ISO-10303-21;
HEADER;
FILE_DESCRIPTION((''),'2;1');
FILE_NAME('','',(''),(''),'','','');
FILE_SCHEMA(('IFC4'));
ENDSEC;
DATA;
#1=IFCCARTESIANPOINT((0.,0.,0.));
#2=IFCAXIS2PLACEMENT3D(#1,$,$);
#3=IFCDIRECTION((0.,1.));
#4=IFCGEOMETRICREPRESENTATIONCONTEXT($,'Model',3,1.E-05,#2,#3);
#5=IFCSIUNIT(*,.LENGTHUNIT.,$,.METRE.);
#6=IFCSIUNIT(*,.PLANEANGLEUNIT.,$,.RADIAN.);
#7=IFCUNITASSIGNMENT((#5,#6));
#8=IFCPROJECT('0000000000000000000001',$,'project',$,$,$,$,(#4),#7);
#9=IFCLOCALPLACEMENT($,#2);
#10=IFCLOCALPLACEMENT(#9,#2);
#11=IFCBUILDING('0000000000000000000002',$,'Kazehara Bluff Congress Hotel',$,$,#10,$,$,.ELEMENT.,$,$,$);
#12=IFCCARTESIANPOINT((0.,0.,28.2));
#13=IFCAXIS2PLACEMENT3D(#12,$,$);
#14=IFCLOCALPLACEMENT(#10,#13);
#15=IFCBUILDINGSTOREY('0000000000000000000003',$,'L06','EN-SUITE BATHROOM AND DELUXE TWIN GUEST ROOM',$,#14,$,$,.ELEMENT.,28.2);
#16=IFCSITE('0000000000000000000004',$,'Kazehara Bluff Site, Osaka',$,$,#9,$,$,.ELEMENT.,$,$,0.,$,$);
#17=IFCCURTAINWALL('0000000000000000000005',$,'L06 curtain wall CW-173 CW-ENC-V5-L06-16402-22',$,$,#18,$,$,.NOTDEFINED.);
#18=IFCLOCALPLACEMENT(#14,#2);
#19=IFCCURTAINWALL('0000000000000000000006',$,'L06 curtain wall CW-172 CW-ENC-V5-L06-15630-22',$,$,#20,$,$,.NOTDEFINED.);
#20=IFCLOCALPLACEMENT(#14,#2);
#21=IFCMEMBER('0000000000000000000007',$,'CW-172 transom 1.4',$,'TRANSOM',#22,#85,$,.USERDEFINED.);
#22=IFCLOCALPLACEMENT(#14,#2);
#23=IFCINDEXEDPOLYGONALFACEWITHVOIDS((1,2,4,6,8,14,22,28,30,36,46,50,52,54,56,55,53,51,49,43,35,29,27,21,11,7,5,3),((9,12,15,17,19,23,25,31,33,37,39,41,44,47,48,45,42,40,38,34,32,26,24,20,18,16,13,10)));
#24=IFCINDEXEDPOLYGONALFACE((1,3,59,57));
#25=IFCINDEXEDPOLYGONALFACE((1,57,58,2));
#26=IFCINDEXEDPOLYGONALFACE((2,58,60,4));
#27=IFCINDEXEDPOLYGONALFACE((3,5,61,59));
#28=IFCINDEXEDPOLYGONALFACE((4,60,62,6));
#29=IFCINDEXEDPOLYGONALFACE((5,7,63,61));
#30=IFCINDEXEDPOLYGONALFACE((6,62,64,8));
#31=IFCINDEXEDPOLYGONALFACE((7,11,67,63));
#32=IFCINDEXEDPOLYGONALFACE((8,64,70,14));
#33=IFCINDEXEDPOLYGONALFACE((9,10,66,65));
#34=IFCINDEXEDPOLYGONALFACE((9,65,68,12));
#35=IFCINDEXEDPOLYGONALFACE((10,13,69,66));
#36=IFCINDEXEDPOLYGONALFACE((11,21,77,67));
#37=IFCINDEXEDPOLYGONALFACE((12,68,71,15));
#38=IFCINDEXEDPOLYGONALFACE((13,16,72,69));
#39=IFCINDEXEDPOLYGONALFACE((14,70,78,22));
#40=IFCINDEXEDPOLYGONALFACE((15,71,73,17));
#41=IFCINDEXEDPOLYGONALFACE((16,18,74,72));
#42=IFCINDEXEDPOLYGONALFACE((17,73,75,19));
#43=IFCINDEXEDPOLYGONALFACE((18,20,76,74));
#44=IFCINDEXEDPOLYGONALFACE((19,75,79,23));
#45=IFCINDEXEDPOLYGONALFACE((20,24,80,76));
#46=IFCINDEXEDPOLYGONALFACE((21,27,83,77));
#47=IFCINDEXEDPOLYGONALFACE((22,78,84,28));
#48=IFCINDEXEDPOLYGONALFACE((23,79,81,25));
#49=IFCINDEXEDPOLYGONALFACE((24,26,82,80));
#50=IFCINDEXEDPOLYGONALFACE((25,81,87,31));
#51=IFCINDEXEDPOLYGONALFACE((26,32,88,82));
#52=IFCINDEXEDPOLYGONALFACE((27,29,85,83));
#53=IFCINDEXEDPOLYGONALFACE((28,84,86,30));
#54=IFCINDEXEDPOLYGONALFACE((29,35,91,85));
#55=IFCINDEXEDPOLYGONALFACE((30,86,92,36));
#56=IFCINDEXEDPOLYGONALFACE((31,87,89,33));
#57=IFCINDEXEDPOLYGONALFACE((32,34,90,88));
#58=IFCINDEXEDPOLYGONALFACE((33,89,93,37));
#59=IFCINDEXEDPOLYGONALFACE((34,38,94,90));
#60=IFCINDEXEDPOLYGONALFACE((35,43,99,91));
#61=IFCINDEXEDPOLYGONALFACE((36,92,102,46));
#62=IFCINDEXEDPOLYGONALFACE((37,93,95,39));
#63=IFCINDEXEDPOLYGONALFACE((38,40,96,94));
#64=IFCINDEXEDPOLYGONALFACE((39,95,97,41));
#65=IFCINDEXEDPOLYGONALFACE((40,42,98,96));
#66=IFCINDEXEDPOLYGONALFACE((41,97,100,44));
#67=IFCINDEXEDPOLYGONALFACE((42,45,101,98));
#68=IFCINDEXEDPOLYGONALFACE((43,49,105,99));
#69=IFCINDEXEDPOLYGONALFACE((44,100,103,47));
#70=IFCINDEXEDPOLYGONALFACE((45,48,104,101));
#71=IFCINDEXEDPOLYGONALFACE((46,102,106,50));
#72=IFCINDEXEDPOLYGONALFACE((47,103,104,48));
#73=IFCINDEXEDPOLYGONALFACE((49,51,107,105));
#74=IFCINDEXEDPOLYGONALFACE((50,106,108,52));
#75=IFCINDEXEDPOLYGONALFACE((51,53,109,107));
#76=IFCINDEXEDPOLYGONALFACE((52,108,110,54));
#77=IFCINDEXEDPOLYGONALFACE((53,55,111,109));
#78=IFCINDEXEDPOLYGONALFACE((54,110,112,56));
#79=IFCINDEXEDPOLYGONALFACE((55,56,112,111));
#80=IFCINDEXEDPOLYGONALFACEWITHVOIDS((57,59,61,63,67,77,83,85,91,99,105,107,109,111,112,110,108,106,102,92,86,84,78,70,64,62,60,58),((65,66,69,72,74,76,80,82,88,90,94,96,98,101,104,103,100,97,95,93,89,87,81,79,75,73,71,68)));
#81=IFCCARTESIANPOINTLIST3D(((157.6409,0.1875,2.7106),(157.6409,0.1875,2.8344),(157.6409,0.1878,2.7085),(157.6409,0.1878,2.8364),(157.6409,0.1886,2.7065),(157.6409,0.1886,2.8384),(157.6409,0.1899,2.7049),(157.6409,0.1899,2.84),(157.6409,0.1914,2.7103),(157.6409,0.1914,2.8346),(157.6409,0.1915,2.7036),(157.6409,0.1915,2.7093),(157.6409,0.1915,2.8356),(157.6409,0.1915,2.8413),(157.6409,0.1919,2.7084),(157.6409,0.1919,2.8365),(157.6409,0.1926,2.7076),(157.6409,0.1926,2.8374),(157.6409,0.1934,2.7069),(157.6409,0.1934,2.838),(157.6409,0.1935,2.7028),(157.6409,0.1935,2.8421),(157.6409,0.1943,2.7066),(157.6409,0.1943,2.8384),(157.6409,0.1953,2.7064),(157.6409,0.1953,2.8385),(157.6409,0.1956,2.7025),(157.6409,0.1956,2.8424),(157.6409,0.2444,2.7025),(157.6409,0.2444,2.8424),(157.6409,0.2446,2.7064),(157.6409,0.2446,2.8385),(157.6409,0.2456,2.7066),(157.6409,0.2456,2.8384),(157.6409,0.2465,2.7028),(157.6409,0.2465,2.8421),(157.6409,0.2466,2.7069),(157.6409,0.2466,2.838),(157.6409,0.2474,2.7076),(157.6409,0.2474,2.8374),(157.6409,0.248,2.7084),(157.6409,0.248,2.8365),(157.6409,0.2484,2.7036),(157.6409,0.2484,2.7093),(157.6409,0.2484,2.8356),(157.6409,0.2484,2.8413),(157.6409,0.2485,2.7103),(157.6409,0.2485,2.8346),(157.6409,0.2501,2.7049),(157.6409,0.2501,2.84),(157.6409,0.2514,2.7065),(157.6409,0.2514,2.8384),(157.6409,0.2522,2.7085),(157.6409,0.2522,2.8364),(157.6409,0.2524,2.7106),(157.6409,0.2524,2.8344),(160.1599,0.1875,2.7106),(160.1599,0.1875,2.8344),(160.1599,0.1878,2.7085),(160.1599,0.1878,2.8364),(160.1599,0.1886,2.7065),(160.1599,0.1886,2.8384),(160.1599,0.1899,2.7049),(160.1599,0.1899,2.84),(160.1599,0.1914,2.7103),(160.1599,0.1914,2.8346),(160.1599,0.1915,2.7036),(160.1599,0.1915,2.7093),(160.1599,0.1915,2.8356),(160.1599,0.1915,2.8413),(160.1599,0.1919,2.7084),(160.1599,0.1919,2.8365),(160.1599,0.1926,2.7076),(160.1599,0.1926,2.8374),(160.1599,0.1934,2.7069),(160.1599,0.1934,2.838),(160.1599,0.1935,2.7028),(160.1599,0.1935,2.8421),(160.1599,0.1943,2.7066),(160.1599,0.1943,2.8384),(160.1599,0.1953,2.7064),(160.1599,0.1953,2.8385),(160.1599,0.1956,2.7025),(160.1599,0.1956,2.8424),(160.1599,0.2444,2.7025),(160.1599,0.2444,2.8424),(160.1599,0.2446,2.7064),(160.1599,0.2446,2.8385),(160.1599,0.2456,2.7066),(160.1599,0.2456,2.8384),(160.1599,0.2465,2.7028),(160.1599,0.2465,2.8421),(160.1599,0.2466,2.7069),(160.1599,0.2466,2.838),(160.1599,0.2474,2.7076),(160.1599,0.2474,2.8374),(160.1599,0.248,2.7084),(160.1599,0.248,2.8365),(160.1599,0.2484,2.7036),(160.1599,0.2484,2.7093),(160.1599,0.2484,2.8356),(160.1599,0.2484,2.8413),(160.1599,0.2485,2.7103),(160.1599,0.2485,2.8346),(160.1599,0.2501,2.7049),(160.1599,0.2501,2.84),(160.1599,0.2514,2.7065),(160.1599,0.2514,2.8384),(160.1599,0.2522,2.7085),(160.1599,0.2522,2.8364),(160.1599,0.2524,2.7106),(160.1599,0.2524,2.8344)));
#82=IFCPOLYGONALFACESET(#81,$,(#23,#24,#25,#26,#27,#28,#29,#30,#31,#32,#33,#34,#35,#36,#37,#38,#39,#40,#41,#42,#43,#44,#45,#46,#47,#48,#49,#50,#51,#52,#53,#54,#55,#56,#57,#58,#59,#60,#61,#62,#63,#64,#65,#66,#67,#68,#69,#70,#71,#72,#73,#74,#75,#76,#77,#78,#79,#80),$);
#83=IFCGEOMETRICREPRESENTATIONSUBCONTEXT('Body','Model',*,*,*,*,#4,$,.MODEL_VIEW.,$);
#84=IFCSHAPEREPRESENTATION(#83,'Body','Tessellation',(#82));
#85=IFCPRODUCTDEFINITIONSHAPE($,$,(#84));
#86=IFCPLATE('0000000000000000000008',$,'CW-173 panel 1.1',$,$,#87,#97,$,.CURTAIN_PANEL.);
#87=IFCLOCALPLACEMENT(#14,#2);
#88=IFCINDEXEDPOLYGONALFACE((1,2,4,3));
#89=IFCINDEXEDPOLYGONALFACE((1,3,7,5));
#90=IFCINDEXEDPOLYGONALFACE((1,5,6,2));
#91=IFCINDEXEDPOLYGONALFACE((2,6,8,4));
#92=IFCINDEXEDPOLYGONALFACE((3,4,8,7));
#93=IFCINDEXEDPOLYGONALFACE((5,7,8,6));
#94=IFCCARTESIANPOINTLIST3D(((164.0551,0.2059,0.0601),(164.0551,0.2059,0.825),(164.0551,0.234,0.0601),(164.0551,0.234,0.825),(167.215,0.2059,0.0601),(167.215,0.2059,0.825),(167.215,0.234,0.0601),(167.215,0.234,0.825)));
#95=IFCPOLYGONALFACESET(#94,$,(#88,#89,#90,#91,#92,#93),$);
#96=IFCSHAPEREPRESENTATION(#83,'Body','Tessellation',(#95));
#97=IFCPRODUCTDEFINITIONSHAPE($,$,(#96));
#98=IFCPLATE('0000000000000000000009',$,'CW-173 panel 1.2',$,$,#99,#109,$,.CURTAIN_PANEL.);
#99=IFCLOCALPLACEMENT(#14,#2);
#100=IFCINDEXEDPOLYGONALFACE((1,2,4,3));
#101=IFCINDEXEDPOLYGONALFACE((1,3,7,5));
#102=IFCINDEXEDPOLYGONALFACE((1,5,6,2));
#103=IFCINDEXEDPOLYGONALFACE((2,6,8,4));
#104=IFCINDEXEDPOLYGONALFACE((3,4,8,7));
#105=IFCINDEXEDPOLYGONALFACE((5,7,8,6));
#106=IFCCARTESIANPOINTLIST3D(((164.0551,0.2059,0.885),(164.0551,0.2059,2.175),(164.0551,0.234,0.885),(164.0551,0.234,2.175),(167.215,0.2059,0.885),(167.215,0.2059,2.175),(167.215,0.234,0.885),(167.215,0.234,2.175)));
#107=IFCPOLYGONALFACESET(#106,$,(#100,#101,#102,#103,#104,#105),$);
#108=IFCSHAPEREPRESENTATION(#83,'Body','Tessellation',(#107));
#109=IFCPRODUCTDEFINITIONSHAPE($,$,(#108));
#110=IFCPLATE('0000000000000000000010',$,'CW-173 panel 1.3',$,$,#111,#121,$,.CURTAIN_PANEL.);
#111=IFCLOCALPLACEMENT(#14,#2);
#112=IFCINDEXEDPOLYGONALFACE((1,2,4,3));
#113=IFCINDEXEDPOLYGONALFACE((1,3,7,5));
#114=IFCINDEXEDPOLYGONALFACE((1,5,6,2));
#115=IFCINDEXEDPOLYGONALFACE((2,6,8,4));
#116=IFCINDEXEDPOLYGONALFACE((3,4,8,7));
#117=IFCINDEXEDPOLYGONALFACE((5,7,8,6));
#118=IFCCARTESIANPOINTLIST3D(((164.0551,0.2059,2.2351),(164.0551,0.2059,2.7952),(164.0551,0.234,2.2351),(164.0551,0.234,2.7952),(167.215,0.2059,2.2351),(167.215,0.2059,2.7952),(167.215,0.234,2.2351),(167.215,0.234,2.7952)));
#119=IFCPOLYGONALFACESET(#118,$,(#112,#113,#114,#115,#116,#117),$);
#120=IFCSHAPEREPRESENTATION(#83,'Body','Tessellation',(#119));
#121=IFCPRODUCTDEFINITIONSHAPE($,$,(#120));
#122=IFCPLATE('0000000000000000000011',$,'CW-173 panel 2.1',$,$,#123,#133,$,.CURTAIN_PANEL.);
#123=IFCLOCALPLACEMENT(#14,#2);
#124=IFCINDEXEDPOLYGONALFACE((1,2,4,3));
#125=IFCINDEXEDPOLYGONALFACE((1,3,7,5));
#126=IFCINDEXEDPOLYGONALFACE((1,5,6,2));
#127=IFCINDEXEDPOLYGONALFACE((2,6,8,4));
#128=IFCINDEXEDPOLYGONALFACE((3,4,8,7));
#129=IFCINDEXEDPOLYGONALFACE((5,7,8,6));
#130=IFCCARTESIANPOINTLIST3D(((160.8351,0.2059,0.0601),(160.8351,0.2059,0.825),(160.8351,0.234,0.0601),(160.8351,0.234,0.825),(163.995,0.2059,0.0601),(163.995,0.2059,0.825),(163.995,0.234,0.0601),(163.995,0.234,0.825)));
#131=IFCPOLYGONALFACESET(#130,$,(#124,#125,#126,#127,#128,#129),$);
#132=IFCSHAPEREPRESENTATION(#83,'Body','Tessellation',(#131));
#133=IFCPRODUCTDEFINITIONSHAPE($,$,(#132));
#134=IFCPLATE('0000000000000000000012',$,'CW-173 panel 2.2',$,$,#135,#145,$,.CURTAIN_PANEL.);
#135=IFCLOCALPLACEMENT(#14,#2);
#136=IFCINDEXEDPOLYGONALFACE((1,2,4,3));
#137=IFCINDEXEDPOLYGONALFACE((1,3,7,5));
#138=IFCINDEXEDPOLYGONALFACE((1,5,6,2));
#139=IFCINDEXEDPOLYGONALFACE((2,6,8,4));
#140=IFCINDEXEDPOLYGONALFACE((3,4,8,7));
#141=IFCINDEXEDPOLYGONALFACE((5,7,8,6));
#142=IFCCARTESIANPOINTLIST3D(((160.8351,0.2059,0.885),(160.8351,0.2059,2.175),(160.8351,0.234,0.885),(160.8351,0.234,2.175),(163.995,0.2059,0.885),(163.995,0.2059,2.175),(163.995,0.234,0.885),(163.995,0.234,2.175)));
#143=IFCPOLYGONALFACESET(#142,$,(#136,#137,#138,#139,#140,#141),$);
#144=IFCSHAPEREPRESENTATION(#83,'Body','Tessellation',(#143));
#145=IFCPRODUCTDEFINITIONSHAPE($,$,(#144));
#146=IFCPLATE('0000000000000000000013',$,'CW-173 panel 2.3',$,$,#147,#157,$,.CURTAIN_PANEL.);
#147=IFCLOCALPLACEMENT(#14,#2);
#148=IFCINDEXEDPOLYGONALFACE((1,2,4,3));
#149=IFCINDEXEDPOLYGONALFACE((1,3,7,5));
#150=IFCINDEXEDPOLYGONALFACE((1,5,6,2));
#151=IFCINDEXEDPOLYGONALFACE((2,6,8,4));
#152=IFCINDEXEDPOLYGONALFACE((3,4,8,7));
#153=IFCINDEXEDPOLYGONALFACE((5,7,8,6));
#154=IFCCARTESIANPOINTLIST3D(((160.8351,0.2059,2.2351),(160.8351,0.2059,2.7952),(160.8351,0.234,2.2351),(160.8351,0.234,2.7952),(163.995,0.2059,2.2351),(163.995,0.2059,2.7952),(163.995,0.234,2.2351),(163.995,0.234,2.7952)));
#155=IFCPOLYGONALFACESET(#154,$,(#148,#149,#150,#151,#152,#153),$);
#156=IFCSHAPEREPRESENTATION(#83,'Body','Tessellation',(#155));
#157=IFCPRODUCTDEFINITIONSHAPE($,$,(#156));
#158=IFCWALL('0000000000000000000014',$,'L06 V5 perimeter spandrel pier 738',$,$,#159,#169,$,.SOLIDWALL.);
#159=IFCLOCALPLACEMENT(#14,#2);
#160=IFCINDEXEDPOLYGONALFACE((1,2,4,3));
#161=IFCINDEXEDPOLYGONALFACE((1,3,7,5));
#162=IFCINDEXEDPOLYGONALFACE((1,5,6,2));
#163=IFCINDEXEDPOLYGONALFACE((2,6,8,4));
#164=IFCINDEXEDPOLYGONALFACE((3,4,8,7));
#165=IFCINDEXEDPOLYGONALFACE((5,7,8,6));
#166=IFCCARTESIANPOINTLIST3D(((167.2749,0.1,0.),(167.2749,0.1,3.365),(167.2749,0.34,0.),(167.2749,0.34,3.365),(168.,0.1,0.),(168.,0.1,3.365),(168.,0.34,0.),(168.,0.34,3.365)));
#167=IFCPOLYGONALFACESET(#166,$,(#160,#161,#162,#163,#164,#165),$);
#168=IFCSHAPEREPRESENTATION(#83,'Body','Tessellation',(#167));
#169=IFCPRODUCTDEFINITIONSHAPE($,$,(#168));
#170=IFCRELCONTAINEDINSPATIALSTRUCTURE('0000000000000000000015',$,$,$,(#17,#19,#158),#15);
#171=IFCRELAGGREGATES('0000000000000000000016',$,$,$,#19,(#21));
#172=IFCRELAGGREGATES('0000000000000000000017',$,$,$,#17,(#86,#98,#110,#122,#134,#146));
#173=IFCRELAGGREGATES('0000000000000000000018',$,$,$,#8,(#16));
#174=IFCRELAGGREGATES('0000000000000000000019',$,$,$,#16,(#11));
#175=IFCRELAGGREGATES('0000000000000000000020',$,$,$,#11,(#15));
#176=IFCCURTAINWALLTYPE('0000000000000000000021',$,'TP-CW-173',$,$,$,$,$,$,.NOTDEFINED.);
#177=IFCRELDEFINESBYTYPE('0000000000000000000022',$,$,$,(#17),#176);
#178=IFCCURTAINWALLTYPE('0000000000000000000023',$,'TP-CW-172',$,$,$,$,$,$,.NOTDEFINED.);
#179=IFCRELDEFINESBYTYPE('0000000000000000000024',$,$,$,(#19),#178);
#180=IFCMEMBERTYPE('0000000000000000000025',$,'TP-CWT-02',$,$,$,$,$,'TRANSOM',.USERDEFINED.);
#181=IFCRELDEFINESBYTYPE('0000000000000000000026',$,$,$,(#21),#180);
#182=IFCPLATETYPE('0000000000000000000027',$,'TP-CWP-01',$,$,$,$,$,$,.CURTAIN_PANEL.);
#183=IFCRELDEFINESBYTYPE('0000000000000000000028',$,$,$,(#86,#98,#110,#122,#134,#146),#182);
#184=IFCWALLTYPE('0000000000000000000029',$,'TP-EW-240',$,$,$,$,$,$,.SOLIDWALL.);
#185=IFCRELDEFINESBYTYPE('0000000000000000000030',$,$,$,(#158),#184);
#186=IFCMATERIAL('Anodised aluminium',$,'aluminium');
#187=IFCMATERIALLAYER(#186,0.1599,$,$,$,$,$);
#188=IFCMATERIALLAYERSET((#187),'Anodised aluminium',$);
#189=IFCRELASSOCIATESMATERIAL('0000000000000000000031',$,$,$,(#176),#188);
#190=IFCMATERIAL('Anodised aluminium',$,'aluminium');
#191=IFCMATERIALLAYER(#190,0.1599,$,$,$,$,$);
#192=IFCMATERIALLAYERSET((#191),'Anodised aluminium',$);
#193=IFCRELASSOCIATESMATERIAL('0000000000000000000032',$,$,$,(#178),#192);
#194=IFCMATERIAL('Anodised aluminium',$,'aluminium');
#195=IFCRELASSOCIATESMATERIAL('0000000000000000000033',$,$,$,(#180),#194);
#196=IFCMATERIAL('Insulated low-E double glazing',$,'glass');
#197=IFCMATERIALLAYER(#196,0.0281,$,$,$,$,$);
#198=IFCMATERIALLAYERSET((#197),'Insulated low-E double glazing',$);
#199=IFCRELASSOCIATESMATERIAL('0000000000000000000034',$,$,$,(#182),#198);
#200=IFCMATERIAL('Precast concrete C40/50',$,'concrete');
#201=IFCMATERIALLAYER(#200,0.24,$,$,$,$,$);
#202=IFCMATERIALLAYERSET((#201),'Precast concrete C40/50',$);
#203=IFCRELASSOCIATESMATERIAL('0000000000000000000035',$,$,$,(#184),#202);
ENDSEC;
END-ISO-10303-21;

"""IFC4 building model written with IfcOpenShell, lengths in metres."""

from ifc_helpers import new_model, si_unit, direction, frame, frame_2d, origin, origin_2d, place, context, subcontext, project, spatial, rectangle, hollow_rectangle, extrude, material, layer, layer_set, material_profile, profile_set, type_object, element, aggregate, save


model = new_model("IFC4")

# Units and contexts
model_context = context("Model", 3, precision=1e-05, world=origin(), true_north=direction((0.0, 1.0)))
body_context = subcontext(model_context, "Body", "Model", "MODEL_VIEW")
ifc_project = project(units=[si_unit("LENGTHUNIT", "METRE"), si_unit("PLANEANGLEUNIT", "RADIAN")], contexts=[model_context])

# Site, building, storey
site_placement = place(None, origin())
site = spatial("IfcSite", under=ifc_project, at=site_placement, Name="Kazehara Bluff Site, Osaka", CompositionType="ELEMENT", RefElevation=0.0)
building_placement = place(site_placement, origin())
building = spatial("IfcBuilding", under=site, at=building_placement, Name="Kazehara Bluff Congress Hotel", CompositionType="ELEMENT")
storey_placement = place(building_placement, frame((0.0, 0.0, 28.2)))
storey = spatial("IfcBuildingStorey", under=building, at=storey_placement, Name="L06", Description="EN-SUITE BATHROOM AND DELUXE TWIN GUEST ROOM", CompositionType="ELEMENT", Elevation=28.2)

# Curtain wall
ifc_material_1 = material(Name="Anodised aluminium", Category="aluminium")
ifc_layer_1 = layer(ifc_material_1, 0.1599)
ifc_layer_set_1 = layer_set([ifc_layer_1], Name="Anodised aluminium")
curtain_wall_type_1 = type_object("IfcCurtainWallType", Name="TP-CW-173", PredefinedType="NOTDEFINED", material=ifc_layer_set_1)
curtain_wall_1_placement = place(storey_placement, origin())
curtain_wall_1 = element("IfcCurtainWall", 1, at=curtain_wall_1_placement, inside=storey, type_object=curtain_wall_type_1, Name="L06 curtain wall CW-173 CW-ENC-V5-L06-16402-22", PredefinedType="NOTDEFINED")

# Curtain wall
ifc_material_2 = material(Name="Anodised aluminium", Category="aluminium")
ifc_layer_2 = layer(ifc_material_2, 0.1599)
ifc_layer_set_2 = layer_set([ifc_layer_2], Name="Anodised aluminium")
curtain_wall_type_2 = type_object("IfcCurtainWallType", Name="TP-CW-172", PredefinedType="NOTDEFINED", material=ifc_layer_set_2)
curtain_wall_2_placement = place(storey_placement, origin())
curtain_wall_2 = element("IfcCurtainWall", 2, at=curtain_wall_2_placement, inside=storey, type_object=curtain_wall_type_2, Name="L06 curtain wall CW-172 CW-ENC-V5-L06-15630-22", PredefinedType="NOTDEFINED")

# Member
ifc_material_3 = material(Name="Anodised aluminium", Category="aluminium")
ifc_material_profile_1 = material_profile(ifc_material_3, hollow_rectangle(XDim=0.0649, YDim=0.1399, WallThickness=0.0039, InnerFilletRadius=0.0039, OuterFilletRadius=0.0081, at=origin_2d()))
ifc_profile_set_1 = profile_set([ifc_material_profile_1], Name="Anodised aluminium")
member_type_1 = type_object("IfcMemberType", Name="TP-CWT-02", ElementType="TRANSOM", PredefinedType="USERDEFINED", material=ifc_profile_set_1)
member_1_placement = place(storey_placement, frame((160.1599, 0.22, 2.7725), z_axis=(-1.0, 0.0, 0.0), x_axis=(0.0, -1.0, 0.0)))
member_1 = element("IfcMember", 3, at=member_1_placement, type_object=member_type_1, Name="CW-172 transom 1.4", ObjectType="TRANSOM", PredefinedType="USERDEFINED", context=body_context, shape_type="SweptSolid", body=[
    extrude(hollow_rectangle(XDim=0.0649, YDim=0.1399, WallThickness=0.0039, InnerFilletRadius=0.0039, OuterFilletRadius=0.0081, at=origin_2d()), origin(), (0.0, 0.0, 1.0), 2.519),
])
aggregate(curtain_wall_2, [member_1])

# Plates
ifc_material_4 = material(Name="Insulated low-E double glazing", Category="glass")
ifc_layer_3 = layer(ifc_material_4, 0.0281)
ifc_layer_set_3 = layer_set([ifc_layer_3], Name="Insulated low-E double glazing")
plate_type = type_object("IfcPlateType", Name="TP-CWP-01", PredefinedType="CURTAIN_PANEL", material=ifc_layer_set_3)
plate_1_placement = place(storey_placement, frame((165.635, 0.22, 0.0601), z_axis=(0.0, 0.0, 1.0), x_axis=(-1.0, 0.0, 0.0)))
plate_1 = element("IfcPlate", 4, at=plate_1_placement, type_object=plate_type, Name="CW-173 panel 1.1", PredefinedType="CURTAIN_PANEL", context=body_context, shape_type="SweptSolid", body=[
    extrude(rectangle(XDim=3.1599, YDim=0.0281, at=origin_2d()), origin(), (0.0, 0.0, 1.0), 0.7649),
])
plate_2_placement = place(storey_placement, frame((165.635, 0.22, 0.885), z_axis=(0.0, 0.0, 1.0), x_axis=(-1.0, 0.0, 0.0)))
plate_2 = element("IfcPlate", 5, at=plate_2_placement, type_object=plate_type, Name="CW-173 panel 1.2", PredefinedType="CURTAIN_PANEL", context=body_context, shape_type="SweptSolid", body=[
    extrude(rectangle(XDim=3.1599, YDim=0.0281, at=origin_2d()), origin(), (0.0, 0.0, 1.0), 1.29),
])
plate_3_placement = place(storey_placement, frame((165.635, 0.22, 2.2351), z_axis=(0.0, 0.0, 1.0), x_axis=(-1.0, 0.0, 0.0)))
plate_3 = element("IfcPlate", 6, at=plate_3_placement, type_object=plate_type, Name="CW-173 panel 1.3", PredefinedType="CURTAIN_PANEL", context=body_context, shape_type="SweptSolid", body=[
    extrude(rectangle(XDim=3.1599, YDim=0.0281, at=origin_2d()), origin(), (0.0, 0.0, 1.0), 0.5601),
])
plate_4_placement = place(storey_placement, frame((162.415, 0.22, 0.0601), z_axis=(0.0, 0.0, 1.0), x_axis=(-1.0, 0.0, 0.0)))
plate_4 = element("IfcPlate", 7, at=plate_4_placement, type_object=plate_type, Name="CW-173 panel 2.1", PredefinedType="CURTAIN_PANEL", context=body_context, shape_type="SweptSolid", body=[
    extrude(rectangle(XDim=3.1599, YDim=0.0281, at=origin_2d()), origin(), (0.0, 0.0, 1.0), 0.7649),
])
plate_5_placement = place(storey_placement, frame((162.415, 0.22, 0.885), z_axis=(0.0, 0.0, 1.0), x_axis=(-1.0, 0.0, 0.0)))
plate_5 = element("IfcPlate", 8, at=plate_5_placement, type_object=plate_type, Name="CW-173 panel 2.2", PredefinedType="CURTAIN_PANEL", context=body_context, shape_type="SweptSolid", body=[
    extrude(rectangle(XDim=3.1599, YDim=0.0281, at=origin_2d()), origin(), (0.0, 0.0, 1.0), 1.29),
])
plate_6_placement = place(storey_placement, frame((162.415, 0.22, 2.2351), z_axis=(0.0, 0.0, 1.0), x_axis=(-1.0, 0.0, 0.0)))
plate_6 = element("IfcPlate", 9, at=plate_6_placement, type_object=plate_type, Name="CW-173 panel 2.3", PredefinedType="CURTAIN_PANEL", context=body_context, shape_type="SweptSolid", body=[
    extrude(rectangle(XDim=3.1599, YDim=0.0281, at=origin_2d()), origin(), (0.0, 0.0, 1.0), 0.5601),
])
aggregate(curtain_wall_1, [plate_1, plate_2, plate_3, plate_4, plate_5, plate_6])

# Wall
ifc_material_5 = material(Name="Precast concrete C40/50", Category="concrete")
ifc_layer_4 = layer(ifc_material_5, 0.24)
ifc_layer_set_4 = layer_set([ifc_layer_4], Name="Precast concrete C40/50")
wall_type = type_object("IfcWallType", Name="TP-EW-240", PredefinedType="SOLIDWALL", material=ifc_layer_set_4)
wall_placement = place(storey_placement, frame((168.0, 0.22, 0.0), z_axis=(0.0, 0.0, 1.0), x_axis=(-1.0, 0.0, 0.0)))
element("IfcWall", 10, at=wall_placement, inside=storey, type_object=wall_type, Name="L06 V5 perimeter spandrel pier 738", PredefinedType="SOLIDWALL", context=body_context, shape_type="SweptSolid", body=[
    extrude(rectangle(XDim=0.7251, YDim=0.24, at=frame_2d((0.3625, 0.0))), origin(), (0.0, 0.0, 1.0), 3.365),
])

save(model, "model.ifc")
